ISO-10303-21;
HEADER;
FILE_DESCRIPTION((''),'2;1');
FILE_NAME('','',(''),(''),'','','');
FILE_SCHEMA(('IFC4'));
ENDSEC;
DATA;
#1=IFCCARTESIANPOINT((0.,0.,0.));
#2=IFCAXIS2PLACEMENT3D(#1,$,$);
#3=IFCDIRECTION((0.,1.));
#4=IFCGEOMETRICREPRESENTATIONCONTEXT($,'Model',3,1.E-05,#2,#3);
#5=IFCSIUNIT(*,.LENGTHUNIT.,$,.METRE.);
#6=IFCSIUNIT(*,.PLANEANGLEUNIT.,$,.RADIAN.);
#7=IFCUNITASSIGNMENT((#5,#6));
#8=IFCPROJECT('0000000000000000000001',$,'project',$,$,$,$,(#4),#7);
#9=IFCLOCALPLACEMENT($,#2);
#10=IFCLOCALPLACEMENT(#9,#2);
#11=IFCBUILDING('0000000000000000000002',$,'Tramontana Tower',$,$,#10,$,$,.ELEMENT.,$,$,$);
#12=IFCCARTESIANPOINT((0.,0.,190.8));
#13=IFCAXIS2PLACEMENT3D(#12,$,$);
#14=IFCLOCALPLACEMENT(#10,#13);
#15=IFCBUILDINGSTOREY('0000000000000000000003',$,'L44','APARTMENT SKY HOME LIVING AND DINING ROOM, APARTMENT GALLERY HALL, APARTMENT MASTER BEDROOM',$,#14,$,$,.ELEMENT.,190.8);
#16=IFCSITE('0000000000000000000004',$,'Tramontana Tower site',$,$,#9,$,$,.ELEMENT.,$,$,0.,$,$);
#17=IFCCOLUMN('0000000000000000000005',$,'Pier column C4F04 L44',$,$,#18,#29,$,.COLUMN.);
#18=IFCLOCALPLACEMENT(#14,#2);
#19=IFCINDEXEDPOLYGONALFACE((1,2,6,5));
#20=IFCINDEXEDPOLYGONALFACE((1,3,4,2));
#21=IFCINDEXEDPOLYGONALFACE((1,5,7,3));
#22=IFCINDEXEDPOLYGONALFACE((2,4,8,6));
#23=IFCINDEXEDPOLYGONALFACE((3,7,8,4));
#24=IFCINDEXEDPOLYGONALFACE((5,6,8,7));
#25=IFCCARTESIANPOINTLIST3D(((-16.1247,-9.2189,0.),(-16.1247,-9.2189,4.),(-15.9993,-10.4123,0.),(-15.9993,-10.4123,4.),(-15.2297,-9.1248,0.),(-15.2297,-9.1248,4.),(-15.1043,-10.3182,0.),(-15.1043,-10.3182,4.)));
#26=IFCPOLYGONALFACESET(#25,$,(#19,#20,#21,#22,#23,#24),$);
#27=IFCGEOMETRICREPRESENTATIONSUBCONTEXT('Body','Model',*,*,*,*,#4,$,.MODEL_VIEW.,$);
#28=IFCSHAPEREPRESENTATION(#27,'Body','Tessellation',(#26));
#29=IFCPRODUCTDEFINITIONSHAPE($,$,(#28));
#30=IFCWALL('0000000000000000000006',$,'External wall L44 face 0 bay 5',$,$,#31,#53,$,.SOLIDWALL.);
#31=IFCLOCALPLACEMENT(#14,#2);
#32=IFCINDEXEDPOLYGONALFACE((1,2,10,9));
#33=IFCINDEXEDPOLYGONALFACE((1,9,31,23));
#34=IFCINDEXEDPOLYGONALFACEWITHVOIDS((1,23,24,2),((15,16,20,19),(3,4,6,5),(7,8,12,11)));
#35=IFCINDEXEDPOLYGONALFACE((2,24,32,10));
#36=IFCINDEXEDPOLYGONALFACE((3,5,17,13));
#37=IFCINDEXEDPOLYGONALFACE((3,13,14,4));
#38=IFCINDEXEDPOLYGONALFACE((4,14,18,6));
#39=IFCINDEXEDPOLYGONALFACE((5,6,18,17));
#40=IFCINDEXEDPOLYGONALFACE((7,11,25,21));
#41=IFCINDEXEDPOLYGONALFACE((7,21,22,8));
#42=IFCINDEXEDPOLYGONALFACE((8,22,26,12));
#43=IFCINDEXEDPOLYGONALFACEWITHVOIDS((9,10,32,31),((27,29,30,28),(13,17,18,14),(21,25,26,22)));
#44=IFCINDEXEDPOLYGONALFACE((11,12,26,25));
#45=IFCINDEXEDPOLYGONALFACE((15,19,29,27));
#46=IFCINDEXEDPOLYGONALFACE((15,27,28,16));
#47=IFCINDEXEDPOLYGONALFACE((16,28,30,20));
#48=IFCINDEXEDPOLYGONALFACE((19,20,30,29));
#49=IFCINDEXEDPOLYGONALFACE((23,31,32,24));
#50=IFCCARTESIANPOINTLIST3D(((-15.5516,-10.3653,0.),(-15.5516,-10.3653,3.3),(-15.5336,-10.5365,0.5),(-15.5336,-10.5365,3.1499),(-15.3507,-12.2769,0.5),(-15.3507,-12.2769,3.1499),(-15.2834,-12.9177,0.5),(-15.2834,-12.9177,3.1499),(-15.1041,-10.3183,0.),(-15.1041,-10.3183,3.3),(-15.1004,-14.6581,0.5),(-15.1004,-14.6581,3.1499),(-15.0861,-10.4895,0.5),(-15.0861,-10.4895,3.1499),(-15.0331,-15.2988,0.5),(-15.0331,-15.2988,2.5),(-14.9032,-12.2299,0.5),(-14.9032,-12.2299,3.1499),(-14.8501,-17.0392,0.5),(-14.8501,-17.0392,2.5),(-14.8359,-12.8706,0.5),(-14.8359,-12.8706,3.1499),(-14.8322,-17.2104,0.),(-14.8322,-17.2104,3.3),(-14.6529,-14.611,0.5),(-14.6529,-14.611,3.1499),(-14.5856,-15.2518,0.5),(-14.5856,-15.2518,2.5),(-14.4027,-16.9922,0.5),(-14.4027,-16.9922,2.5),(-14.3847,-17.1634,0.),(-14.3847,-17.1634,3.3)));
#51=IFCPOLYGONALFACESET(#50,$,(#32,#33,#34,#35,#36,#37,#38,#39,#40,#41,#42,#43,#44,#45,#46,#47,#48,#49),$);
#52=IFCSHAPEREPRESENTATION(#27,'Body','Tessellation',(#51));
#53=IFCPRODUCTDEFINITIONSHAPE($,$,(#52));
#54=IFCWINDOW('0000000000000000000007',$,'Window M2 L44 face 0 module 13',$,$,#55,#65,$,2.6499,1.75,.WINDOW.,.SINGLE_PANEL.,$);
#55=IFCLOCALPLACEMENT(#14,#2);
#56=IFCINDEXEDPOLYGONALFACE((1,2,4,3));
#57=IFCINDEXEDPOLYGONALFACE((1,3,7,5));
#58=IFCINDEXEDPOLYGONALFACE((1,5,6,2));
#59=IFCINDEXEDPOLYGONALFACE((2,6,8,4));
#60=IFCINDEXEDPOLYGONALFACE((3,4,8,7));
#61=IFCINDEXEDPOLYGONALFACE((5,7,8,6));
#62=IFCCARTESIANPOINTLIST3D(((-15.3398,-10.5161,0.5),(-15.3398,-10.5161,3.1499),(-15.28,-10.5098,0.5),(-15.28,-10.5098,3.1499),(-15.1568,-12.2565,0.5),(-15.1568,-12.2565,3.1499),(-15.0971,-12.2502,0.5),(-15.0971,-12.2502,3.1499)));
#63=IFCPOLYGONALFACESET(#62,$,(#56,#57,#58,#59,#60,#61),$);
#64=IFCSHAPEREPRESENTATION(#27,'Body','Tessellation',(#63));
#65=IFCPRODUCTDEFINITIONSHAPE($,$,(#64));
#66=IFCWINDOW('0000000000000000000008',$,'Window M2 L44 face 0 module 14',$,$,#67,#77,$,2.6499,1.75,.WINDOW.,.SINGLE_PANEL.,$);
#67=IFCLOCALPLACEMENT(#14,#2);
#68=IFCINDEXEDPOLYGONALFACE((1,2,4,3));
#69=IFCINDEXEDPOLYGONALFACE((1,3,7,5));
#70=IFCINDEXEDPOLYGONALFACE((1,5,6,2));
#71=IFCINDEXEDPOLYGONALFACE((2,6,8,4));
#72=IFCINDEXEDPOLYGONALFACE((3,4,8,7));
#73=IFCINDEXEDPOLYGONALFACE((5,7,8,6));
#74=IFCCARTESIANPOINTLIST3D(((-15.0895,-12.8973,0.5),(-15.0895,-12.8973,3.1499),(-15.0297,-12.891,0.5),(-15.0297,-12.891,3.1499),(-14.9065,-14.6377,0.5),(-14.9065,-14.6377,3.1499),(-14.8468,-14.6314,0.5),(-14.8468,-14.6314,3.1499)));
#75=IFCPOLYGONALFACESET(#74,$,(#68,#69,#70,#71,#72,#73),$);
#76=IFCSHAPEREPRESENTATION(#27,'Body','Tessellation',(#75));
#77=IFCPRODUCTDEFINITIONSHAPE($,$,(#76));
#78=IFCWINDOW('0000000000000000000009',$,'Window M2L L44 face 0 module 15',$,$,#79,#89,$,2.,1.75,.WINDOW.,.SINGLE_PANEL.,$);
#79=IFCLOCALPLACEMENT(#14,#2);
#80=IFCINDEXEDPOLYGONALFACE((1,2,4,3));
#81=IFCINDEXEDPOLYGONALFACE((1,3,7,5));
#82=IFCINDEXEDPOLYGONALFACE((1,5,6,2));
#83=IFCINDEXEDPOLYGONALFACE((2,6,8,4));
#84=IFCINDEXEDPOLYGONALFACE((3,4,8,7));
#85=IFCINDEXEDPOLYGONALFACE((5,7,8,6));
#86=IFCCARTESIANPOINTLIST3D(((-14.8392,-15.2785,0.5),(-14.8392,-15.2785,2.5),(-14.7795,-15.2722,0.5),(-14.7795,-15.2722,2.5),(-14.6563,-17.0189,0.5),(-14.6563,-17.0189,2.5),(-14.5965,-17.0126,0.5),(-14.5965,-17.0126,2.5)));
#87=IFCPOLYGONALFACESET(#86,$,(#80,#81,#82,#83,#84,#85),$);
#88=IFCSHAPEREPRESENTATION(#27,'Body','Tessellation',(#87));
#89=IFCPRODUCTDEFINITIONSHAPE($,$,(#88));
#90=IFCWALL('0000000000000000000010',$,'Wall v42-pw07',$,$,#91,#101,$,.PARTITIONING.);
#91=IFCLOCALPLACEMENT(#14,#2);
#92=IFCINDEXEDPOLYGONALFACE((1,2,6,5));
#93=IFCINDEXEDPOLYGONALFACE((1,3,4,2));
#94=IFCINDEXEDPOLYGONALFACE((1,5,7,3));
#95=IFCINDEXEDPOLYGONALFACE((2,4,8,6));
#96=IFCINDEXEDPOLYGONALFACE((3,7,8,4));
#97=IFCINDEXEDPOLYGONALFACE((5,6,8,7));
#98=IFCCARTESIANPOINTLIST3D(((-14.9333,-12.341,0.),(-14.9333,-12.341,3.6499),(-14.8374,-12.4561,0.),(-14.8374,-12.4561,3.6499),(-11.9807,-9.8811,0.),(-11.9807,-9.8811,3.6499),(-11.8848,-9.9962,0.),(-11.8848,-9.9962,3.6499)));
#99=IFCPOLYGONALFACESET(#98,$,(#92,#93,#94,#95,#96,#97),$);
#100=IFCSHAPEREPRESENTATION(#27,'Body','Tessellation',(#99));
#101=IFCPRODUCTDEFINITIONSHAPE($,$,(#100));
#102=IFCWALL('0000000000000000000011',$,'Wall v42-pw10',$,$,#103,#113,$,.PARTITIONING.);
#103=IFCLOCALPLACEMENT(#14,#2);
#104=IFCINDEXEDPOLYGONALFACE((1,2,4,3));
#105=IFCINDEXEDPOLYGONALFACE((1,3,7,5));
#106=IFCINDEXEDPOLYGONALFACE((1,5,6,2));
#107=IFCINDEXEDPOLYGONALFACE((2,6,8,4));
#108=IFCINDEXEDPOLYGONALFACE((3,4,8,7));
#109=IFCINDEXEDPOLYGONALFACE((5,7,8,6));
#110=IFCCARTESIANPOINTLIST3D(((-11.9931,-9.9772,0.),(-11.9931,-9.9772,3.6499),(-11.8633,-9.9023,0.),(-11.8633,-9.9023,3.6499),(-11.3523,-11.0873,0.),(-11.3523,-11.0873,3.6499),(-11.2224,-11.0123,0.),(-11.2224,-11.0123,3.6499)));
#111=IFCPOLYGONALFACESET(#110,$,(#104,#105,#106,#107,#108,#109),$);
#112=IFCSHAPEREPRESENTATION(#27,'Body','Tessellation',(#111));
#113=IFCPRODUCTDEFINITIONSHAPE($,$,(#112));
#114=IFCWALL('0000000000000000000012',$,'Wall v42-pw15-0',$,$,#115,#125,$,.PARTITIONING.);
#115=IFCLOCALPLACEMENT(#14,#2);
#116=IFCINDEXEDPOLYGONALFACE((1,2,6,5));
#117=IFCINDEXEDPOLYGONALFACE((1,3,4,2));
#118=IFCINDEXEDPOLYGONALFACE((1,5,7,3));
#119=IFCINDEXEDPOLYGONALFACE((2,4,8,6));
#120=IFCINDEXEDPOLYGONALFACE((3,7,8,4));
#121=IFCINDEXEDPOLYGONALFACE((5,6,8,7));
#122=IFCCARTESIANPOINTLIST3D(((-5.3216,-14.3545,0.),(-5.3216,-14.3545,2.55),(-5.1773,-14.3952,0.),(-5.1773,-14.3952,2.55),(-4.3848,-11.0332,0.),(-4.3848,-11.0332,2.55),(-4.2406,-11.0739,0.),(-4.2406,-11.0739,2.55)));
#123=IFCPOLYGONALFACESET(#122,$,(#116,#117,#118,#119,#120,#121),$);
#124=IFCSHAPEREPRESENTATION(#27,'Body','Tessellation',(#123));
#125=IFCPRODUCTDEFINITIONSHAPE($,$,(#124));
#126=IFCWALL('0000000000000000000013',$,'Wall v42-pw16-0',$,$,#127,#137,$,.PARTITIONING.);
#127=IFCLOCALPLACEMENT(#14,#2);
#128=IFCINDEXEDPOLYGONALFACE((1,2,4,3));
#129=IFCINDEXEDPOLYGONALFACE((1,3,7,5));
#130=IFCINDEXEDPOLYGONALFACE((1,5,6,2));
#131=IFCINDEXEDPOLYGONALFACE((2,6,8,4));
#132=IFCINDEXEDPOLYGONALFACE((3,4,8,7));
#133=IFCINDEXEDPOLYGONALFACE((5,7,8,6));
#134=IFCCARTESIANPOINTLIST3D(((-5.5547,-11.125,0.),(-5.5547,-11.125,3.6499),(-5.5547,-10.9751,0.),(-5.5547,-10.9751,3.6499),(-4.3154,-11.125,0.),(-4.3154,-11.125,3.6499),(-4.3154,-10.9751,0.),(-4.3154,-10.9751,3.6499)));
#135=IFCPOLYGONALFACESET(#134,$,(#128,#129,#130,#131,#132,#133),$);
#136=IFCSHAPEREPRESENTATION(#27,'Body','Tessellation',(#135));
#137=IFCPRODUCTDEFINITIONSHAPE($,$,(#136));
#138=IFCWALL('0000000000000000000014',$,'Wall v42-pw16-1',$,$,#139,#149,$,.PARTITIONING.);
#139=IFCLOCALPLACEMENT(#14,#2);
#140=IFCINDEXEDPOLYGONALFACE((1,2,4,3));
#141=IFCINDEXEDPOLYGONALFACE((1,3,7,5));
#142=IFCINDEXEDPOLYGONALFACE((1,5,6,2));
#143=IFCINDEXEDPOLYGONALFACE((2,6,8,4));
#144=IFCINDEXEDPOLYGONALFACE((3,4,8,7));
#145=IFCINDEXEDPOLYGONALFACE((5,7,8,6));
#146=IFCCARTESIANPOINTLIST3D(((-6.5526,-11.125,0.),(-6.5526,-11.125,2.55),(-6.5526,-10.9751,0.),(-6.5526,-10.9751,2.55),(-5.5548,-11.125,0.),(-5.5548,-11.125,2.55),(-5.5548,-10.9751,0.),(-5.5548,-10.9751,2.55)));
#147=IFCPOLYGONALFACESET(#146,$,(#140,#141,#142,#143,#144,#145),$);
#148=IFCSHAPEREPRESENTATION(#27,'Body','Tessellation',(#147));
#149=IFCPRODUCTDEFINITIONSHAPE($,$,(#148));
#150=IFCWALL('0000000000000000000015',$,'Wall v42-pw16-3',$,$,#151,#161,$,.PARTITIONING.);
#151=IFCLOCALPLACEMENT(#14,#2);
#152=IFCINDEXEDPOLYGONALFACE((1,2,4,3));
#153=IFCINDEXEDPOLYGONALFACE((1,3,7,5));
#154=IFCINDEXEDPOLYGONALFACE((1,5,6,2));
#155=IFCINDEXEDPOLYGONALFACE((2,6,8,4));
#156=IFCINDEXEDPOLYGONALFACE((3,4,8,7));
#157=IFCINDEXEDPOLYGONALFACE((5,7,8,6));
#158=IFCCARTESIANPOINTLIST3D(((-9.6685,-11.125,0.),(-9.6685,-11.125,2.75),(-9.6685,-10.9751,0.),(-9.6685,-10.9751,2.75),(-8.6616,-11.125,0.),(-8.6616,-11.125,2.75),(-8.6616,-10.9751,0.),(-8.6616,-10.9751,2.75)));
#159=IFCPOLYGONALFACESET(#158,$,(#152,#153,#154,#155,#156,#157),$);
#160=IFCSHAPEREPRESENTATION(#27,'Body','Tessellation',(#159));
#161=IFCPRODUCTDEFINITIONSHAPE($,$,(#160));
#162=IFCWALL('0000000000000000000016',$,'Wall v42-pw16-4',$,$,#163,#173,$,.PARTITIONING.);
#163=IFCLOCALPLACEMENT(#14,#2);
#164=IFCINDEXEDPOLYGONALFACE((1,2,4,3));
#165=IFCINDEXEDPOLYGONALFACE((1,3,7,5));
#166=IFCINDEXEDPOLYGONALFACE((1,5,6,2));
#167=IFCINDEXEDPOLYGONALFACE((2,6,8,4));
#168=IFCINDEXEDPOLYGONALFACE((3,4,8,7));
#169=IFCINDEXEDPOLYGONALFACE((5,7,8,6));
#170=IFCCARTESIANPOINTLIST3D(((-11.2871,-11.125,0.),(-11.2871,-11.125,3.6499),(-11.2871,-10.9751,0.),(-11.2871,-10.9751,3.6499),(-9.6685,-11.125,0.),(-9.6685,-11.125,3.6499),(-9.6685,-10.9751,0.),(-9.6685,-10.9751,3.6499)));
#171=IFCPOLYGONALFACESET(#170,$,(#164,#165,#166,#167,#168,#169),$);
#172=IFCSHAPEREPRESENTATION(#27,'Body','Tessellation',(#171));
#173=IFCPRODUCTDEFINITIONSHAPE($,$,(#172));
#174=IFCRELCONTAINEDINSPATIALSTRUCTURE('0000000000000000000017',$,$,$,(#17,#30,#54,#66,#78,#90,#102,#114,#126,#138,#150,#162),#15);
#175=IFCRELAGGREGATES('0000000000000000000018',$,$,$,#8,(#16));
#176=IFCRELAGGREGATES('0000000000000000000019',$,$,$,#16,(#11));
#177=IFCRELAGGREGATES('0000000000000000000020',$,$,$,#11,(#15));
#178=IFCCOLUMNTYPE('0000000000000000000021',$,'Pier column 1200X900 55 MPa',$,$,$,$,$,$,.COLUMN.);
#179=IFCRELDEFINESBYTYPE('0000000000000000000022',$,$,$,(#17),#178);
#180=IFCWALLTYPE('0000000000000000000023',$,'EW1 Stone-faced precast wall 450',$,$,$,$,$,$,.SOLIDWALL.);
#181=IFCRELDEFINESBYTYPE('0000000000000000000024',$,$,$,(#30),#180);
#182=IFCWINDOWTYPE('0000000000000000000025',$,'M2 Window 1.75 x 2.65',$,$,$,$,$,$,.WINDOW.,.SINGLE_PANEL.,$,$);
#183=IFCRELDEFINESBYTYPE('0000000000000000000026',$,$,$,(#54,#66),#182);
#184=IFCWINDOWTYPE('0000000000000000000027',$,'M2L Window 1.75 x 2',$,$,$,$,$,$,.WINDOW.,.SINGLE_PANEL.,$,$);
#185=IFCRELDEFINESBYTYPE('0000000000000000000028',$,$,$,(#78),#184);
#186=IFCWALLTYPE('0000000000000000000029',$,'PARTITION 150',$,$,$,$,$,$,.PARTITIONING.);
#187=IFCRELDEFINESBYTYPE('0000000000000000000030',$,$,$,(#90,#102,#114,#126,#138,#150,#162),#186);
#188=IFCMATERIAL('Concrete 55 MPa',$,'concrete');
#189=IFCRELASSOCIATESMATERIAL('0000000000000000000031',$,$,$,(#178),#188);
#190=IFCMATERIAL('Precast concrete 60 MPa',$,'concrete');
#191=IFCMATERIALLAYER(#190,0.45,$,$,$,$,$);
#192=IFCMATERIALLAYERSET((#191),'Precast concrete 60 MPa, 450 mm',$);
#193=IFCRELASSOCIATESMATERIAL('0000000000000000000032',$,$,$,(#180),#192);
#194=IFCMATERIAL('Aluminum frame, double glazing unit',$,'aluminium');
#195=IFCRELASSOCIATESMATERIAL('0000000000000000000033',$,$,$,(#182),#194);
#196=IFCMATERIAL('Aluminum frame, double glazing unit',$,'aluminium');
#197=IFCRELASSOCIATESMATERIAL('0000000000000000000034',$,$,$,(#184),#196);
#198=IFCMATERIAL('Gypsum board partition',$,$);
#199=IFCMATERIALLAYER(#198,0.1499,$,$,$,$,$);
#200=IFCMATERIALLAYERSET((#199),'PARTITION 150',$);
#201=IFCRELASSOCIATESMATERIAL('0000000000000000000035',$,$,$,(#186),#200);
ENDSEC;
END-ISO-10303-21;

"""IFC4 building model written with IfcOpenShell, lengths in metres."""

from ifc_helpers import new_model, si_unit, direction, frame, frame_2d, origin, origin_2d, place, context, subcontext, project, spatial, rectangle, extrude, material, layer, layer_set, material_profile, profile_set, type_object, element, fill, save


model = new_model("IFC4")

# Units and contexts
model_context = context("Model", 3, precision=1e-05, world=origin(), true_north=direction((0.0, 1.0)))
body_context = subcontext(model_context, "Body", "Model", "MODEL_VIEW")
ifc_project = project(units=[si_unit("LENGTHUNIT", "METRE"), si_unit("PLANEANGLEUNIT", "RADIAN")], contexts=[model_context])

# Site, building, storey
site_placement = place(None, origin())
site = spatial("IfcSite", under=ifc_project, at=site_placement, Name="Tramontana Tower site", CompositionType="ELEMENT", RefElevation=0.0)
building_placement = place(site_placement, origin())
building = spatial("IfcBuilding", under=site, at=building_placement, Name="Tramontana Tower", CompositionType="ELEMENT")
storey_placement = place(building_placement, frame((0.0, 0.0, 190.8)))
storey = spatial("IfcBuildingStorey", under=building, at=storey_placement, Name="L44", Description="APARTMENT SKY HOME LIVING AND DINING ROOM, APARTMENT GALLERY HALL, APARTMENT MASTER BEDROOM", CompositionType="ELEMENT", Elevation=190.8)

# Column
ifc_material_1 = material(Name="Concrete 55 MPa", Category="concrete")
ifc_material_profile = material_profile(ifc_material_1, rectangle(XDim=1.2, YDim=0.8999, at=origin_2d()), Name="Pier column 1200X900 55 MPa")
ifc_profile_set = profile_set([ifc_material_profile], Name="Concrete 55 MPa")
column_type = type_object("IfcColumnType", Name="Pier column 1200X900 55 MPa", PredefinedType="COLUMN", material=ifc_profile_set)
column_placement = place(storey_placement, frame((-15.6145, -9.7686, 0.0), z_axis=(0.0, 0.0, 1.0), x_axis=(0.104528, -0.994522, 0.0)))
element("IfcColumn", 1, at=column_placement, inside=storey, type_object=column_type, Name="Pier column C4F04 L44", PredefinedType="COLUMN", context=body_context, shape_type="SweptSolid", body=[
    extrude(rectangle(XDim=1.2, YDim=0.8999, at=origin_2d()), origin(), (0.0, 0.0, 1.0), 4.0),
])

# Wall, openings, windows
ifc_material_2 = material(Name="Precast concrete 60 MPa", Category="concrete")
ifc_layer_1 = layer(ifc_material_2, 0.45)
ifc_layer_set_1 = layer_set([ifc_layer_1], Name="Precast concrete 60 MPa, 450 mm")
wall_type_1 = type_object("IfcWallType", Name="EW1 Stone-faced precast wall 450", PredefinedType="SOLIDWALL", material=ifc_layer_set_1)
wall_1_placement = place(storey_placement, frame((-15.3279, -10.3418, 0.0), z_axis=(0.0, 0.0, 1.0), x_axis=(0.104532, -0.994522, 0.0)))
wall_1 = element("IfcWall", 2, at=wall_1_placement, inside=storey, type_object=wall_type_1, Name="External wall L44 face 0 bay 5", PredefinedType="SOLIDWALL", context=body_context, shape_type="SweptSolid", body=[
    extrude(rectangle(XDim=6.8828, YDim=0.45, at=frame_2d((3.4414, 0.0))), origin(), (0.0, 0.0, 1.0), 3.3),
])
opening_1_placement = place(wall_1_placement, frame((0.1721, 0.0, 0.5)))
opening_1 = element("IfcOpeningElement", 3, at=opening_1_placement, cuts=wall_1, PredefinedType="OPENING", context=body_context, shape_type="SweptSolid", body=[
    extrude(rectangle(XDim=1.75, YDim=2.6499, at=frame_2d((0.875, 1.325))), frame((0.0, 0.2349, 0.0), z_axis=(0.0, -1.0, 0.0), x_axis=(1.0, 0.0, 0.0)), (0.0, 0.0, 1.0), 0.47),
])
opening_2_placement = place(wall_1_placement, frame((2.5664, 0.0, 0.5)))
opening_2 = element("IfcOpeningElement", 4, at=opening_2_placement, cuts=wall_1, PredefinedType="OPENING", context=body_context, shape_type="SweptSolid", body=[
    extrude(rectangle(XDim=1.75, YDim=2.6499, at=frame_2d((0.875, 1.325))), frame((0.0, 0.2349, 0.0), z_axis=(0.0, -1.0, 0.0), x_axis=(1.0, 0.0, 0.0)), (0.0, 0.0, 1.0), 0.47),
])
opening_3_placement = place(wall_1_placement, frame((4.9607, 0.0, 0.5)))
opening_3 = element("IfcOpeningElement", 5, at=opening_3_placement, cuts=wall_1, PredefinedType="OPENING", context=body_context, shape_type="SweptSolid", body=[
    extrude(rectangle(XDim=1.75, YDim=2.0, at=frame_2d((0.875, 1.0))), frame((0.0, 0.2349, 0.0), z_axis=(0.0, -1.0, 0.0), x_axis=(1.0, 0.0, 0.0)), (0.0, 0.0, 1.0), 0.47),
])
ifc_material_3 = material(Name="Aluminum frame, double glazing unit", Category="aluminium")
window_type_1 = type_object("IfcWindowType", Name="M2 Window 1.75 x 2.65", PartitioningType="SINGLE_PANEL", PredefinedType="WINDOW", material=ifc_material_3)
window_1_placement = place(opening_1_placement, origin())
window_1 = element("IfcWindow", 6, at=window_1_placement, inside=storey, type_object=window_type_1, Name="Window M2 L44 face 0 module 13", OverallHeight=2.6499, OverallWidth=1.75, PartitioningType="SINGLE_PANEL", PredefinedType="WINDOW", context=body_context, shape_type="SweptSolid", body=[
    extrude(rectangle(XDim=1.75, YDim=2.6499, at=frame_2d((0.875, 1.325))), frame((0.0, 0.03, 0.0), z_axis=(0.0, -1.0, 0.0), x_axis=(1.0, 0.0, 0.0)), (0.0, 0.0, 1.0), 0.0601),
])
fill(opening_1, window_1)
window_2_placement = place(opening_2_placement, origin())
window_2 = element("IfcWindow", 7, at=window_2_placement, inside=storey, type_object=window_type_1, Name="Window M2 L44 face 0 module 14", OverallHeight=2.6499, OverallWidth=1.75, PartitioningType="SINGLE_PANEL", PredefinedType="WINDOW", context=body_context, shape_type="SweptSolid", body=[
    extrude(rectangle(XDim=1.75, YDim=2.6499, at=frame_2d((0.875, 1.325))), frame((0.0, 0.03, 0.0), z_axis=(0.0, -1.0, 0.0), x_axis=(1.0, 0.0, 0.0)), (0.0, 0.0, 1.0), 0.0601),
])
fill(opening_2, window_2)
ifc_material_4 = material(Name="Aluminum frame, double glazing unit", Category="aluminium")
window_type_2 = type_object("IfcWindowType", Name="M2L Window 1.75 x 2", PartitioningType="SINGLE_PANEL", PredefinedType="WINDOW", material=ifc_material_4)
window_3_placement = place(opening_3_placement, origin())
window_3 = element("IfcWindow", 8, at=window_3_placement, inside=storey, type_object=window_type_2, Name="Window M2L L44 face 0 module 15", OverallHeight=2.0, OverallWidth=1.75, PartitioningType="SINGLE_PANEL", PredefinedType="WINDOW", context=body_context, shape_type="SweptSolid", body=[
    extrude(rectangle(XDim=1.75, YDim=2.0, at=frame_2d((0.875, 1.0))), frame((0.0, 0.03, 0.0), z_axis=(0.0, -1.0, 0.0), x_axis=(1.0, 0.0, 0.0)), (0.0, 0.0, 1.0), 0.0601),
])
fill(opening_3, window_3)

# Walls
ifc_material_5 = material(Name="Gypsum board partition")
ifc_layer_2 = layer(ifc_material_5, 0.1499)
ifc_layer_set_2 = layer_set([ifc_layer_2], Name="PARTITION 150")
wall_type_2 = type_object("IfcWallType", Name="PARTITION 150", PredefinedType="PARTITIONING", material=ifc_layer_set_2)
wall_2_placement = place(storey_placement, frame((-11.9329, -9.9387, 0.0), z_axis=(0.0, 0.0, 1.0), x_axis=(-0.768294, -0.640097, 0.0)))
element("IfcWall", 9, at=wall_2_placement, inside=storey, type_object=wall_type_2, Name="Wall v42-pw07", PredefinedType="PARTITIONING", context=body_context, shape_type="SweptSolid", body=[
    extrude(rectangle(XDim=3.843, YDim=0.1499, at=frame_2d((1.9214, 0.0))), origin(), (0.0, 0.0, 1.0), 3.6499),
])
wall_3_placement = place(storey_placement, frame((-11.2874, -11.0498, 0.0), z_axis=(0.0, 0.0, 1.0), x_axis=(-0.49997, 0.866043, 0.0)))
element("IfcWall", 10, at=wall_3_placement, inside=storey, type_object=wall_type_2, Name="Wall v42-pw10", PredefinedType="PARTITIONING", context=body_context, shape_type="SweptSolid", body=[
    extrude(rectangle(XDim=1.2817, YDim=0.1499, at=frame_2d((0.6409, 0.0))), origin(), (0.0, 0.0, 1.0), 3.6499),
])
wall_4_placement = place(storey_placement, frame((-5.2495, -14.375, 0.0), z_axis=(0.0, 0.0, 1.0), x_axis=(0.271458, 0.96245, 0.0)))
element("IfcWall", 11, at=wall_4_placement, inside=storey, type_object=wall_type_2, Name="Wall v42-pw15-0", PredefinedType="PARTITIONING", context=body_context, shape_type="SweptSolid", body=[
    extrude(rectangle(XDim=3.4509, YDim=0.1499, at=frame_2d((1.7256, 0.0))), origin(), (0.0, 0.0, 1.0), 2.55),
])
wall_5_placement = place(storey_placement, frame((-4.3154, -11.05, 0.0), z_axis=(0.0, 0.0, 1.0), x_axis=(-1.0, 0.0, 0.0)))
element("IfcWall", 12, at=wall_5_placement, inside=storey, type_object=wall_type_2, Name="Wall v42-pw16-0", PredefinedType="PARTITIONING", context=body_context, shape_type="SweptSolid", body=[
    extrude(rectangle(XDim=1.2393, YDim=0.1499, at=frame_2d((0.6196, 0.0))), origin(), (0.0, 0.0, 1.0), 3.6499),
])
wall_6_placement = place(storey_placement, frame((-5.5547, -11.05, 0.0), z_axis=(0.0, 0.0, 1.0), x_axis=(-1.0, 0.0, 0.0)))
element("IfcWall", 13, at=wall_6_placement, inside=storey, type_object=wall_type_2, Name="Wall v42-pw16-1", PredefinedType="PARTITIONING", context=body_context, shape_type="SweptSolid", body=[
    extrude(rectangle(XDim=0.9978, YDim=0.1499, at=frame_2d((0.499, 0.0))), origin(), (0.0, 0.0, 1.0), 2.55),
])

# Walls
wall_7_placement = place(storey_placement, frame((-8.6616, -11.05, 0.0), z_axis=(0.0, 0.0, 1.0), x_axis=(-1.0, 0.0, 0.0)))
element("IfcWall", 14, at=wall_7_placement, inside=storey, type_object=wall_type_2, Name="Wall v42-pw16-3", PredefinedType="PARTITIONING", context=body_context, shape_type="SweptSolid", body=[
    extrude(rectangle(XDim=1.0068, YDim=0.1499, at=frame_2d((0.5034, 0.0))), origin(), (0.0, 0.0, 1.0), 2.75),
])
wall_8_placement = place(storey_placement, frame((-9.6685, -11.05, 0.0), z_axis=(0.0, 0.0, 1.0), x_axis=(-1.0, 0.0, 0.0)))
element("IfcWall", 15, at=wall_8_placement, inside=storey, type_object=wall_type_2, Name="Wall v42-pw16-4", PredefinedType="PARTITIONING", context=body_context, shape_type="SweptSolid", body=[
    extrude(rectangle(XDim=1.6187, YDim=0.1499, at=frame_2d((0.8093, 0.0))), origin(), (0.0, 0.0, 1.0), 3.6499),
])

save(model, "model.ifc")
